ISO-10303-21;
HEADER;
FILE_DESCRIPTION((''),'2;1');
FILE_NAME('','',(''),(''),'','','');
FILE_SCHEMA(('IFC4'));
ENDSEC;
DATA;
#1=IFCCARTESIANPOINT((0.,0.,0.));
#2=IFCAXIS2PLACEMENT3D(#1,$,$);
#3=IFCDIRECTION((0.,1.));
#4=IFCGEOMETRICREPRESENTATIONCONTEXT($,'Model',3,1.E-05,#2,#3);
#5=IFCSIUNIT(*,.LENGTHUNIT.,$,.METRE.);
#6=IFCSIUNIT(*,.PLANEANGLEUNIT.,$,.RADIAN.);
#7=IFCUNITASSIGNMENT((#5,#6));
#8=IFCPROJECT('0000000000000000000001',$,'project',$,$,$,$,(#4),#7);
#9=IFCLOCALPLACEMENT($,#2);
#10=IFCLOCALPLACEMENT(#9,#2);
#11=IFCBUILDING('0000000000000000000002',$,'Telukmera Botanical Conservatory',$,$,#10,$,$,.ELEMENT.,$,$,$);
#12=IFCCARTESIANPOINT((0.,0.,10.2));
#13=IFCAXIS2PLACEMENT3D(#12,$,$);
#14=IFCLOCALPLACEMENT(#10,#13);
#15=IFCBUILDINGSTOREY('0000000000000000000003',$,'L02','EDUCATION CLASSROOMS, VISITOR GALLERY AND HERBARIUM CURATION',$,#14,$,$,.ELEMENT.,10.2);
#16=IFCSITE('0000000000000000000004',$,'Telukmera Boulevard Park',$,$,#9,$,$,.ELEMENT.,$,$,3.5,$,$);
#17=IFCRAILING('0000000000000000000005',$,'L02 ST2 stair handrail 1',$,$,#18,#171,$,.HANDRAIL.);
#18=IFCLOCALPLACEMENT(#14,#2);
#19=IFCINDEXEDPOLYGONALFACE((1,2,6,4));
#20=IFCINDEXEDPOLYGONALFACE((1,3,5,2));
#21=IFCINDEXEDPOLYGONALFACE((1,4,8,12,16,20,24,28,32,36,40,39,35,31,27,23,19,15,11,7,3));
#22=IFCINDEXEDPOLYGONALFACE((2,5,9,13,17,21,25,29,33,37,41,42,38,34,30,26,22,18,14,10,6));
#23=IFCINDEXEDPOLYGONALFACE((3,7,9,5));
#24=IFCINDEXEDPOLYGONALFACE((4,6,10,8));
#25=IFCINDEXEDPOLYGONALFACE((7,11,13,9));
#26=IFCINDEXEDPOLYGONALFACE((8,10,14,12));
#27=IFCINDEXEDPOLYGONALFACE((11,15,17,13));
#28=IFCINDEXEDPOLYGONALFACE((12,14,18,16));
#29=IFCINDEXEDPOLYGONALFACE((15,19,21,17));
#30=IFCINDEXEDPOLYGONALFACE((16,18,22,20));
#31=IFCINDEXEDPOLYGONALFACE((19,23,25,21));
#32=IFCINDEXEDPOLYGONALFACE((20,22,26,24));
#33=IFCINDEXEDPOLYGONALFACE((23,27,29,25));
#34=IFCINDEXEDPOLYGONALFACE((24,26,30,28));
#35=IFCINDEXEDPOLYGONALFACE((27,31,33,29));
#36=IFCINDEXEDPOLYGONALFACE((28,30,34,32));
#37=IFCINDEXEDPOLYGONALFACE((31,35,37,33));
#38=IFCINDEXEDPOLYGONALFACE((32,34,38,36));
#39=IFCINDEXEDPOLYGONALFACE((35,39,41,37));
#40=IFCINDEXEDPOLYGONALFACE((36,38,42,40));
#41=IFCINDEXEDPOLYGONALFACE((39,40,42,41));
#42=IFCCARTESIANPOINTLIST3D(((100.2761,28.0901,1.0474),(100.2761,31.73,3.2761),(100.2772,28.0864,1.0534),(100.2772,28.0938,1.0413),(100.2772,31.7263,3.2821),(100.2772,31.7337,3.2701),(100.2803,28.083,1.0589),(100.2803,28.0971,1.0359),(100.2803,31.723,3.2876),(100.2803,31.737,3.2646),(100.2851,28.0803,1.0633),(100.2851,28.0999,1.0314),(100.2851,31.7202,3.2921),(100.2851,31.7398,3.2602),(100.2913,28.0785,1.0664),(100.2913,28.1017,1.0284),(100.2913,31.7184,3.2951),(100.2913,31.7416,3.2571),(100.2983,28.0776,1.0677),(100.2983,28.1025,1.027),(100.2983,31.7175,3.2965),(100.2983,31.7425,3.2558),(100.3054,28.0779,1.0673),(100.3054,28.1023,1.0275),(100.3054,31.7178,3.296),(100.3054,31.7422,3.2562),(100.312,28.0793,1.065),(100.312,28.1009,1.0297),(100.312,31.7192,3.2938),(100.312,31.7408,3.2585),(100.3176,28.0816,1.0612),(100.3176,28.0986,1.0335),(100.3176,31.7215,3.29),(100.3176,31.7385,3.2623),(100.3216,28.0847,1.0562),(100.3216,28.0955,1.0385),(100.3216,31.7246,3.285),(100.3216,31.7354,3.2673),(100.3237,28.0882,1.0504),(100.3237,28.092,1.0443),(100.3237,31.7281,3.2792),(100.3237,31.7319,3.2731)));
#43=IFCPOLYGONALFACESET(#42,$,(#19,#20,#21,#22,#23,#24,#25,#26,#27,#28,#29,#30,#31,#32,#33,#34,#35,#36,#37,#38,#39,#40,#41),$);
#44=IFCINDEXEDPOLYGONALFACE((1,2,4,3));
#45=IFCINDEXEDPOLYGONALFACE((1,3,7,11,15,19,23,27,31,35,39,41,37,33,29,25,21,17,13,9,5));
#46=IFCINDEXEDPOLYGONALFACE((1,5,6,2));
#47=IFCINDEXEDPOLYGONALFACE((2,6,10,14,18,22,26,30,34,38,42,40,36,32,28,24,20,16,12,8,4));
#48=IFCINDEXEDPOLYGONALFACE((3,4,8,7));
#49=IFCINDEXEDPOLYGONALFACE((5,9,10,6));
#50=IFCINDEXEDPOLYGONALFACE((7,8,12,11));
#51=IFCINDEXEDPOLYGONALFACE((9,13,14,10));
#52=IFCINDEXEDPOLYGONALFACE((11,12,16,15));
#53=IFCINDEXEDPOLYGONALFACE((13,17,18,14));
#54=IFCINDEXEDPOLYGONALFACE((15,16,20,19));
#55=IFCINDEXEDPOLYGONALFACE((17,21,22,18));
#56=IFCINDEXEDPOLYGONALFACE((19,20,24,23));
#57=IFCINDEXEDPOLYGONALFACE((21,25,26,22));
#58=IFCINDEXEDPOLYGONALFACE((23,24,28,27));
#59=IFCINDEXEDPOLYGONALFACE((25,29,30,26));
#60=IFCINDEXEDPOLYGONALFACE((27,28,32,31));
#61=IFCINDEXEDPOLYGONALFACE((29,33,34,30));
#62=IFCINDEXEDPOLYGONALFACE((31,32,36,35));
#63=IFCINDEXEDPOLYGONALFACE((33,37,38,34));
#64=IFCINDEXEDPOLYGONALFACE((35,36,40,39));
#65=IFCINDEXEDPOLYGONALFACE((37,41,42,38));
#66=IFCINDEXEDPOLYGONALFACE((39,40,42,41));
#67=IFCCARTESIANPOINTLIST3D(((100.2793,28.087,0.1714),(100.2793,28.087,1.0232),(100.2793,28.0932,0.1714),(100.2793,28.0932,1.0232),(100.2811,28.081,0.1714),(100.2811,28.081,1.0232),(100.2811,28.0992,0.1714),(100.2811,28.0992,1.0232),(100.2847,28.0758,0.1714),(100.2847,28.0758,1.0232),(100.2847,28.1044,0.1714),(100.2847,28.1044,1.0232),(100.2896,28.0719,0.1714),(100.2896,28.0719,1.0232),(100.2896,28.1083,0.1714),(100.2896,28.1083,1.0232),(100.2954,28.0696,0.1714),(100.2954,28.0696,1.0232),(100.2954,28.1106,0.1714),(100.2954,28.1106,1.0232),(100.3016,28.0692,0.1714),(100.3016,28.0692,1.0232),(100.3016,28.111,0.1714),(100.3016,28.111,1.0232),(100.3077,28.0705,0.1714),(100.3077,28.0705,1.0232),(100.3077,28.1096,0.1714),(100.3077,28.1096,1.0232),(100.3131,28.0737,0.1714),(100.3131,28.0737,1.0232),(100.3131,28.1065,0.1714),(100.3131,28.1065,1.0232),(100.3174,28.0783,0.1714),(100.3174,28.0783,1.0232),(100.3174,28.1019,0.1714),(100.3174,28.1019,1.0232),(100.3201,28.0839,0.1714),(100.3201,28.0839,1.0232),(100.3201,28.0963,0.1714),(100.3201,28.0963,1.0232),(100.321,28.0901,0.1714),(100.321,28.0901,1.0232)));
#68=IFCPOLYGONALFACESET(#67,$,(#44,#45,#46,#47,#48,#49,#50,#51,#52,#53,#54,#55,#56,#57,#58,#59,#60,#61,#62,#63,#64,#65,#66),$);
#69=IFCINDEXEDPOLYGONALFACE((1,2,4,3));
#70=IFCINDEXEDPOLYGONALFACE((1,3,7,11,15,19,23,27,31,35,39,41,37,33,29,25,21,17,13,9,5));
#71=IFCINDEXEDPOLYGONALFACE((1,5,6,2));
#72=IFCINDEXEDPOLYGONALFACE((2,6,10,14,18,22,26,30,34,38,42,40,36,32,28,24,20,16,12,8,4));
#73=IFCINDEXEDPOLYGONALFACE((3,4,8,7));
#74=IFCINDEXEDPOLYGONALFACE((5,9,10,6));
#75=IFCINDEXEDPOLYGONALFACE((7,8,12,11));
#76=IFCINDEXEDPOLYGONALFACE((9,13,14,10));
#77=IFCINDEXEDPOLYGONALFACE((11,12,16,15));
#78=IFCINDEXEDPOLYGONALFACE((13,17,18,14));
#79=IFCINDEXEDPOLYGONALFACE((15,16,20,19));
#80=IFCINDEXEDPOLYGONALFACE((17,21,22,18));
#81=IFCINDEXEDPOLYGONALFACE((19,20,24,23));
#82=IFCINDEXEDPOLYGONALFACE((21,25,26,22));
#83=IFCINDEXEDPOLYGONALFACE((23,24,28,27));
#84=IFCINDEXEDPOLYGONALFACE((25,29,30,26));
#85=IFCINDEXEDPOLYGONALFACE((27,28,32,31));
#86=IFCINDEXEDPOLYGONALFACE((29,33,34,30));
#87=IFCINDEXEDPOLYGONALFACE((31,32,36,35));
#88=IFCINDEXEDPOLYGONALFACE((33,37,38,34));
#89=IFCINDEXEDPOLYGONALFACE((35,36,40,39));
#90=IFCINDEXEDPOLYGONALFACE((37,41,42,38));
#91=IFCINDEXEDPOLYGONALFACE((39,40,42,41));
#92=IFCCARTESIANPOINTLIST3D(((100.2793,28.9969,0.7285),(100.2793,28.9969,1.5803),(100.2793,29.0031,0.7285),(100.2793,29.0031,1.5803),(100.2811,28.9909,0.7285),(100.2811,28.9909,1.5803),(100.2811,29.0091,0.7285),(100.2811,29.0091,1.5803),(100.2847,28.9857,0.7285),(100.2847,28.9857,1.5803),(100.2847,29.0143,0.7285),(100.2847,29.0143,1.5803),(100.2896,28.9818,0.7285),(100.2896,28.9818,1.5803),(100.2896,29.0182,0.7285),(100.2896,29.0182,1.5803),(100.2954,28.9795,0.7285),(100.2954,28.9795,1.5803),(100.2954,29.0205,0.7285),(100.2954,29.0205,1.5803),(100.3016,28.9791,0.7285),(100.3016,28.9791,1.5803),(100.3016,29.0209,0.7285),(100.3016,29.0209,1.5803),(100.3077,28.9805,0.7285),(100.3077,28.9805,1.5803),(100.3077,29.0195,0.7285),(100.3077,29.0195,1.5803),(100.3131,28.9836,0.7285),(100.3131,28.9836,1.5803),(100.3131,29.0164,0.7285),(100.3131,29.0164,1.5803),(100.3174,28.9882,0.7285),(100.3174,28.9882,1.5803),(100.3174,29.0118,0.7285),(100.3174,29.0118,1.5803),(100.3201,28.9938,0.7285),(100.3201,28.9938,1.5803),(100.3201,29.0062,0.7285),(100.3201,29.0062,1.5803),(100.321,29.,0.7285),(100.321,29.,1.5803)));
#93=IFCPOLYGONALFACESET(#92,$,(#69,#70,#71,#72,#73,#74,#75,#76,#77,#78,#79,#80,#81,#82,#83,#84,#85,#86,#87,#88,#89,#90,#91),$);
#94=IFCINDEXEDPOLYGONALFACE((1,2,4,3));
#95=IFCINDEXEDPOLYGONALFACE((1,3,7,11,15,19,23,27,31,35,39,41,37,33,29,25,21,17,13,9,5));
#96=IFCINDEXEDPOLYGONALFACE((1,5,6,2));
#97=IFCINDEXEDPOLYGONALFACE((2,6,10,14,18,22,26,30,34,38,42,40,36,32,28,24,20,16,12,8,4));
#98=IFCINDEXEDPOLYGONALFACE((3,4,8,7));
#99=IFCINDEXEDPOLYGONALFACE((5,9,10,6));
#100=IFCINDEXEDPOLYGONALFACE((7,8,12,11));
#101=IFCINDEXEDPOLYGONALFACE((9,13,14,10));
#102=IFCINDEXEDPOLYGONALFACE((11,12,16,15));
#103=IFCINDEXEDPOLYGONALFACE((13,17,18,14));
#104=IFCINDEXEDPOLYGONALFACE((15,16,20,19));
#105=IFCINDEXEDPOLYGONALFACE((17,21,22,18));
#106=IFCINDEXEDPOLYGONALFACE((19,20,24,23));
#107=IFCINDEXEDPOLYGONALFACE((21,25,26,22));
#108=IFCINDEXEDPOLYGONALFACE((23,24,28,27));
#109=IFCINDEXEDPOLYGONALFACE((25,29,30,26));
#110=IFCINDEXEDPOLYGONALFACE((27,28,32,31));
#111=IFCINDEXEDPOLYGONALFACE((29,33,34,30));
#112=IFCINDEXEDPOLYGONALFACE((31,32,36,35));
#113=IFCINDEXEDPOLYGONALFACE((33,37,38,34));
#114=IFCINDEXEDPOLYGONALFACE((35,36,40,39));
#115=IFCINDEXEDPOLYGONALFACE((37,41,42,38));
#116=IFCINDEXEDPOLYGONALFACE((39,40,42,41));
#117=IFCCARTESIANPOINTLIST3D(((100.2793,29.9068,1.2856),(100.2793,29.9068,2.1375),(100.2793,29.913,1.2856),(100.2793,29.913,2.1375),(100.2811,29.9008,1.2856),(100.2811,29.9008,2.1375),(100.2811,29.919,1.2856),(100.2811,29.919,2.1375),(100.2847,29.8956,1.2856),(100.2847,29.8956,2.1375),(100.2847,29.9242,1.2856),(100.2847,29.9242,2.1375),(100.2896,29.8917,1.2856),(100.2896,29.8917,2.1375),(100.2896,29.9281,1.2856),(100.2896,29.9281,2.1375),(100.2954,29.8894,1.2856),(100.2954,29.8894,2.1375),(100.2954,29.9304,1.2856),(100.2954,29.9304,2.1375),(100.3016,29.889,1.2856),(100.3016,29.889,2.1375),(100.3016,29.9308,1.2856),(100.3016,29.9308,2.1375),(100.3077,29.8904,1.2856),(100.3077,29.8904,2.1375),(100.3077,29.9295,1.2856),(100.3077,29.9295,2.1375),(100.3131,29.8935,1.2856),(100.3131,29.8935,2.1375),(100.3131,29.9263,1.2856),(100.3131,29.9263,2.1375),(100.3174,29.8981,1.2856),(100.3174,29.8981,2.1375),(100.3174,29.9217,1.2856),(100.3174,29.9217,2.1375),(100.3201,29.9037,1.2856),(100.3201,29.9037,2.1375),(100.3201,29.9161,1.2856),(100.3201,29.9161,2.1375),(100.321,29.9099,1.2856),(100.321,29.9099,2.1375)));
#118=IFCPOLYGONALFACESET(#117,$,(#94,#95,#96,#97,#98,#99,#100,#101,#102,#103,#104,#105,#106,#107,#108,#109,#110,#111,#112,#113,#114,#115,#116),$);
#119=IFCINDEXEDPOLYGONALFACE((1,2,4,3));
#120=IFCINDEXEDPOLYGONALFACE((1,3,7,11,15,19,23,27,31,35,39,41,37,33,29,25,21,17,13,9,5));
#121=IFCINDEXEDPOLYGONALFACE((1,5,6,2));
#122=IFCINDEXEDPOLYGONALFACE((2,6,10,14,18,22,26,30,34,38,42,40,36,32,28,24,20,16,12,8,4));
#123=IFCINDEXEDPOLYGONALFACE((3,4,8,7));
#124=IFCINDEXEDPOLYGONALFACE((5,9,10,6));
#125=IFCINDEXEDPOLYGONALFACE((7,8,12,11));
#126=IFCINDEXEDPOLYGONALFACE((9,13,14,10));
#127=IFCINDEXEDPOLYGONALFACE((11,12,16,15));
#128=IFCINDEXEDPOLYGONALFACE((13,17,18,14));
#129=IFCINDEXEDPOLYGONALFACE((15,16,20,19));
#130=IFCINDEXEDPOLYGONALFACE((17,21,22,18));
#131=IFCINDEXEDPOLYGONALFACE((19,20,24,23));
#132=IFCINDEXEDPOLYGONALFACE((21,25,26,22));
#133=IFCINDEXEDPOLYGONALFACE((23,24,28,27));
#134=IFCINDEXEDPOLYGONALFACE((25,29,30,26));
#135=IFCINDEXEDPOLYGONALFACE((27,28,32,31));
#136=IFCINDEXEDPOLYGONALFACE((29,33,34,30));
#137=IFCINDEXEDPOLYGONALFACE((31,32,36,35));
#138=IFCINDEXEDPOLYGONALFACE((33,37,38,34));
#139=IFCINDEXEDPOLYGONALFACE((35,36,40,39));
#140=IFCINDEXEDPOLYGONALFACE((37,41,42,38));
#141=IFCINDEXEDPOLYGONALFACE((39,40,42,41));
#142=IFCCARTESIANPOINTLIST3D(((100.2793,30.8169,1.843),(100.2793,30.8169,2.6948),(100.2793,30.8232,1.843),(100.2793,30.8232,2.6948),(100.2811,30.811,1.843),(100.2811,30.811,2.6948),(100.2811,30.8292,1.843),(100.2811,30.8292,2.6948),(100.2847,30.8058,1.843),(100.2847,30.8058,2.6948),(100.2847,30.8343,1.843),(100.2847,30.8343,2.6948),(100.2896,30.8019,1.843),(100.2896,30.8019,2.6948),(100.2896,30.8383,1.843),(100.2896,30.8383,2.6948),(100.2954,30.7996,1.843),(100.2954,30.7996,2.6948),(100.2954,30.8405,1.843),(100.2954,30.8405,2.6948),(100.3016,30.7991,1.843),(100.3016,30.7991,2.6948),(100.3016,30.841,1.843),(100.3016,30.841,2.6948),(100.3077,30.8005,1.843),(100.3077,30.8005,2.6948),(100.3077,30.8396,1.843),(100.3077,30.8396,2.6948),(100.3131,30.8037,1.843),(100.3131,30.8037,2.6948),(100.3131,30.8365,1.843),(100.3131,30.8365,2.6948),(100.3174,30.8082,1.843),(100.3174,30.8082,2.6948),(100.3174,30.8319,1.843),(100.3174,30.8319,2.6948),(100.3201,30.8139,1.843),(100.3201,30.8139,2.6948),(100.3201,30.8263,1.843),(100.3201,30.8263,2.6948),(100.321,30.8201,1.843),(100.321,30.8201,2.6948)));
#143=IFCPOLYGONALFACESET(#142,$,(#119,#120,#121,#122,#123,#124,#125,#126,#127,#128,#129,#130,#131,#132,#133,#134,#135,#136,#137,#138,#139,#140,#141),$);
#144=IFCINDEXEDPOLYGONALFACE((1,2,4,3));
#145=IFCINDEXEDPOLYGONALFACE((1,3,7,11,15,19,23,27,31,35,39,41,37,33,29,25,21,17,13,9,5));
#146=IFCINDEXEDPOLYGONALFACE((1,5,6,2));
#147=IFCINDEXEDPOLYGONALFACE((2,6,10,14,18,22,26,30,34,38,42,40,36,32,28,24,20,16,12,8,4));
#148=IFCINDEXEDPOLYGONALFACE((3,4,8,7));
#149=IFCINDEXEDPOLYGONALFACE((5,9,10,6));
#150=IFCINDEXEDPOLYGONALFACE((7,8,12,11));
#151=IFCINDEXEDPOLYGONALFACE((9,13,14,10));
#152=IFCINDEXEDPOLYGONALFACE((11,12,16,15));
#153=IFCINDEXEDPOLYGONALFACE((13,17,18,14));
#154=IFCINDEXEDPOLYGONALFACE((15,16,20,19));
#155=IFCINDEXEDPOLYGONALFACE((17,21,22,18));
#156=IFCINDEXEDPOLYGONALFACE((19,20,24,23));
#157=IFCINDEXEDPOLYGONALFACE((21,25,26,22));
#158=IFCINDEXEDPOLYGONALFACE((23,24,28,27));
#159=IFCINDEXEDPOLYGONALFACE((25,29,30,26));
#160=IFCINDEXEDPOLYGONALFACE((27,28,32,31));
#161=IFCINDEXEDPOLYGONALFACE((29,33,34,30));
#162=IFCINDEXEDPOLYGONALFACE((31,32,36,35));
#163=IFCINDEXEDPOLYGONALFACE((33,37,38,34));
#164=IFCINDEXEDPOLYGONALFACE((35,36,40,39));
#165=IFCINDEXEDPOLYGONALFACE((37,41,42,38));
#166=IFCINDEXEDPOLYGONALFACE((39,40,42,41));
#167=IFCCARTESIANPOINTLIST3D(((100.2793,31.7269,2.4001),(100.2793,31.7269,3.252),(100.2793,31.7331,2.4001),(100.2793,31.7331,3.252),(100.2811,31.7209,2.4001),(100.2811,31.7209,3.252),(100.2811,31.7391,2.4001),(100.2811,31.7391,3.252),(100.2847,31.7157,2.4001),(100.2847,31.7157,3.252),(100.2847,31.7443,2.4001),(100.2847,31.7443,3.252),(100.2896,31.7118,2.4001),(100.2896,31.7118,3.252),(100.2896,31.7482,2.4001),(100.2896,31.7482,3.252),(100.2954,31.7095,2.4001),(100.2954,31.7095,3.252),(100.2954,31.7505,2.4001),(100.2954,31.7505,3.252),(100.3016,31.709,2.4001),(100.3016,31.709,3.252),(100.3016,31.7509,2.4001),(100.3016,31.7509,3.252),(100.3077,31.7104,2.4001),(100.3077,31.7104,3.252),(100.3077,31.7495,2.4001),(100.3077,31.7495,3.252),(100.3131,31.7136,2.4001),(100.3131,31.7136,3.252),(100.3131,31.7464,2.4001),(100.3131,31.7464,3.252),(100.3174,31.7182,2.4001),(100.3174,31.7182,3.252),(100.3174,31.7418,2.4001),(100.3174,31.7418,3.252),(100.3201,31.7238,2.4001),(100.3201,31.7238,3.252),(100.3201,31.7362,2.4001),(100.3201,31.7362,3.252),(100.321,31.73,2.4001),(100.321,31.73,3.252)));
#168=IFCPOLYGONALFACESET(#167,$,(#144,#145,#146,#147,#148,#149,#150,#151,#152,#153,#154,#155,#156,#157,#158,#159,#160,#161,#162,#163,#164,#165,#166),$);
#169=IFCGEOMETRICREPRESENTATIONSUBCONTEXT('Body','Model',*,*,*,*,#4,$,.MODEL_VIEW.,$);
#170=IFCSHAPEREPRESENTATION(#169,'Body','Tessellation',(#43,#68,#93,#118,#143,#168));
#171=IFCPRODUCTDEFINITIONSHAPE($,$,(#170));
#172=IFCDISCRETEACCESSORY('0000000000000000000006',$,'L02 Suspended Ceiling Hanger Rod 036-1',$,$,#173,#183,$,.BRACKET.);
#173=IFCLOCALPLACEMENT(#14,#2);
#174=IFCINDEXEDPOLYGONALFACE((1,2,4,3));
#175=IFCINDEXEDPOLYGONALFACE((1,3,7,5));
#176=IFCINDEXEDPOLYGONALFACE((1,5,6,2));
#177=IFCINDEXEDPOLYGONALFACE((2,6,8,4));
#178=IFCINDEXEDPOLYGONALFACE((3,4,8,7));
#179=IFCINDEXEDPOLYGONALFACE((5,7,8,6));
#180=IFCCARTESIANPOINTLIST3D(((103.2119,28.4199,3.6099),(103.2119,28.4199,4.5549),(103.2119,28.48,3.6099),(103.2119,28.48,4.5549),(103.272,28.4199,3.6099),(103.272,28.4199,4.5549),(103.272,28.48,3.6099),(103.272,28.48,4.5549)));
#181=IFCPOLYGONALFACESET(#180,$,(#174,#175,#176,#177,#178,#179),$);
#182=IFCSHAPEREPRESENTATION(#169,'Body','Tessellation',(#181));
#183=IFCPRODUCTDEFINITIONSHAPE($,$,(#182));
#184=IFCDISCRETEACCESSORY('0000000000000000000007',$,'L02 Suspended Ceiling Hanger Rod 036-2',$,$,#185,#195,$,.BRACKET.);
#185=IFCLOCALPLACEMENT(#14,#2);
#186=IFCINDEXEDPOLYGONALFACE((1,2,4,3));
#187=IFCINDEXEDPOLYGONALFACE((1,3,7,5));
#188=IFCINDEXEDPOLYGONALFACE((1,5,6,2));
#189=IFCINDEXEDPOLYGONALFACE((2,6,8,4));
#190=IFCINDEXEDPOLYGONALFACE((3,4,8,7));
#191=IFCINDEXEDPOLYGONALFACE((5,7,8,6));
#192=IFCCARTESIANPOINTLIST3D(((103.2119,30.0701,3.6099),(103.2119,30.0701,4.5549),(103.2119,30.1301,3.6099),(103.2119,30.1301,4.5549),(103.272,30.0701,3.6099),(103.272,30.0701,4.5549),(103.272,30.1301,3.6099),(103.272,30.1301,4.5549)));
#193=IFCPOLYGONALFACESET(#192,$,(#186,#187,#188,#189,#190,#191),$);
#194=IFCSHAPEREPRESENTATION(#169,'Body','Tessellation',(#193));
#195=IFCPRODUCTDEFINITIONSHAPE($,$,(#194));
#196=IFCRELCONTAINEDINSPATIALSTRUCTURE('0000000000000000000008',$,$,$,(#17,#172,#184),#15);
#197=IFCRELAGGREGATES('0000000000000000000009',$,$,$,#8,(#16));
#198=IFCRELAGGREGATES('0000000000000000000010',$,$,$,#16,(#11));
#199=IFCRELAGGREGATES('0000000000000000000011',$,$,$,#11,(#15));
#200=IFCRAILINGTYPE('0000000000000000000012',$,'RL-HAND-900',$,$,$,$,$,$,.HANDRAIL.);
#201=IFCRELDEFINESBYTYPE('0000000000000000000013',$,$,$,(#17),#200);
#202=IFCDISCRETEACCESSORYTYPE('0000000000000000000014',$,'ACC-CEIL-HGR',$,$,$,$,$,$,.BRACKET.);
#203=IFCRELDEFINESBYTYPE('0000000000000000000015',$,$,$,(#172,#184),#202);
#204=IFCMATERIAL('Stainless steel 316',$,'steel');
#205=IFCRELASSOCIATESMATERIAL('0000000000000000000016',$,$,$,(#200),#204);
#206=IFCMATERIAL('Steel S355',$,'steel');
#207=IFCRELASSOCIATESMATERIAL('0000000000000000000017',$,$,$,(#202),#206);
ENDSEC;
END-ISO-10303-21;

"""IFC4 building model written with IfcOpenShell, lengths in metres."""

from ifc_helpers import new_model, si_unit, direction, frame, origin, origin_2d, place, context, subcontext, project, spatial, rectangle, circle, extrude, material, type_object, element, save


model = new_model("IFC4")

# Units and contexts
model_context = context("Model", 3, precision=1e-05, world=origin(), true_north=direction((0.0, 1.0)))
body_context = subcontext(model_context, "Body", "Model", "MODEL_VIEW")
ifc_project = project(units=[si_unit("LENGTHUNIT", "METRE"), si_unit("PLANEANGLEUNIT", "RADIAN")], contexts=[model_context])

# Site, building, storey
site_placement = place(None, origin())
site = spatial("IfcSite", under=ifc_project, at=site_placement, Name="Telukmera Boulevard Park", CompositionType="ELEMENT", RefElevation=3.5)
building_placement = place(site_placement, origin())
building = spatial("IfcBuilding", under=site, at=building_placement, Name="Telukmera Botanical Conservatory", CompositionType="ELEMENT")
storey_placement = place(building_placement, frame((0.0, 0.0, 10.2)))
storey = spatial("IfcBuildingStorey", under=building, at=storey_placement, Name="L02", Description="EDUCATION CLASSROOMS, VISITOR GALLERY AND HERBARIUM CURATION", CompositionType="ELEMENT", Elevation=10.2)

# Railing
ifc_material_1 = material(Name="Steel S355", Category="steel")
ifc_material_2 = material(Name="Stainless steel 316", Category="steel")
railing_type_1 = type_object("IfcRailingType", Name="RL-HAND-900", PredefinedType="HANDRAIL", material=ifc_material_2)
railing_1_placement = place(storey_placement, frame((100.3, 28.0901, 0.1714)))
element("IfcRailing", 1, at=railing_1_placement, inside=storey, type_object=railing_type_1, Name="L02 ST2 stair handrail 1", PredefinedType="HANDRAIL", context=body_context, shape_type="SweptSolid", body=[
    extrude(circle(Radius=0.0239, at=origin_2d()), frame((0.0, 0.0, 0.876), z_axis=(0.0, 0.852825, 0.522197), x_axis=(-1.0, 0.0, 0.0)), (0.0, 0.0, 1.0), 4.2681),
    extrude(circle(Radius=0.021, at=origin_2d()), origin(), (0.0, 0.0, 1.0), 0.8518),
    extrude(circle(Radius=0.021, at=origin_2d()), frame((0.0, 0.9099, 0.5571)), (0.0, 0.0, 1.0), 0.8518),
    extrude(circle(Radius=0.021, at=origin_2d()), frame((0.0, 1.8198, 1.1143)), (0.0, 0.0, 1.0), 0.8518),
    extrude(circle(Radius=0.021, at=origin_2d()), frame((0.0, 2.73, 1.6716)), (0.0, 0.0, 1.0), 0.8518),
    extrude(circle(Radius=0.021, at=origin_2d()), frame((0.0, 3.6399, 2.2288)), (0.0, 0.0, 1.0), 0.8518),
])

# Discrete accessories
discrete_accessory_type = type_object("IfcDiscreteAccessoryType", Name="ACC-CEIL-HGR", PredefinedType="BRACKET", material=ifc_material_1)
for number, where, z_axis, x_axis, name in (
    (2, (103.2419, 28.45, 3.6099), (0.0, 0.0, 1.0), (1.0, 0.0, 0.0), "L02 Suspended Ceiling Hanger Rod 036-1"),
    (3, (103.2419, 30.1001, 3.6099), (0.0, 0.0, 1.0), (1.0, 0.0, 0.0), "L02 Suspended Ceiling Hanger Rod 036-2"),
):
    element("IfcDiscreteAccessory", number, at=place(storey_placement, frame(where, z_axis=z_axis, x_axis=x_axis)), inside=storey, type_object=discrete_accessory_type, Name=name, PredefinedType="BRACKET", context=body_context, shape_type="SweptSolid", body=[
        extrude(rectangle(XDim=0.0601, YDim=0.0601, at=origin_2d()), origin(), (0.0, 0.0, 1.0), 0.9451),
    ])

save(model, "model.ifc")
